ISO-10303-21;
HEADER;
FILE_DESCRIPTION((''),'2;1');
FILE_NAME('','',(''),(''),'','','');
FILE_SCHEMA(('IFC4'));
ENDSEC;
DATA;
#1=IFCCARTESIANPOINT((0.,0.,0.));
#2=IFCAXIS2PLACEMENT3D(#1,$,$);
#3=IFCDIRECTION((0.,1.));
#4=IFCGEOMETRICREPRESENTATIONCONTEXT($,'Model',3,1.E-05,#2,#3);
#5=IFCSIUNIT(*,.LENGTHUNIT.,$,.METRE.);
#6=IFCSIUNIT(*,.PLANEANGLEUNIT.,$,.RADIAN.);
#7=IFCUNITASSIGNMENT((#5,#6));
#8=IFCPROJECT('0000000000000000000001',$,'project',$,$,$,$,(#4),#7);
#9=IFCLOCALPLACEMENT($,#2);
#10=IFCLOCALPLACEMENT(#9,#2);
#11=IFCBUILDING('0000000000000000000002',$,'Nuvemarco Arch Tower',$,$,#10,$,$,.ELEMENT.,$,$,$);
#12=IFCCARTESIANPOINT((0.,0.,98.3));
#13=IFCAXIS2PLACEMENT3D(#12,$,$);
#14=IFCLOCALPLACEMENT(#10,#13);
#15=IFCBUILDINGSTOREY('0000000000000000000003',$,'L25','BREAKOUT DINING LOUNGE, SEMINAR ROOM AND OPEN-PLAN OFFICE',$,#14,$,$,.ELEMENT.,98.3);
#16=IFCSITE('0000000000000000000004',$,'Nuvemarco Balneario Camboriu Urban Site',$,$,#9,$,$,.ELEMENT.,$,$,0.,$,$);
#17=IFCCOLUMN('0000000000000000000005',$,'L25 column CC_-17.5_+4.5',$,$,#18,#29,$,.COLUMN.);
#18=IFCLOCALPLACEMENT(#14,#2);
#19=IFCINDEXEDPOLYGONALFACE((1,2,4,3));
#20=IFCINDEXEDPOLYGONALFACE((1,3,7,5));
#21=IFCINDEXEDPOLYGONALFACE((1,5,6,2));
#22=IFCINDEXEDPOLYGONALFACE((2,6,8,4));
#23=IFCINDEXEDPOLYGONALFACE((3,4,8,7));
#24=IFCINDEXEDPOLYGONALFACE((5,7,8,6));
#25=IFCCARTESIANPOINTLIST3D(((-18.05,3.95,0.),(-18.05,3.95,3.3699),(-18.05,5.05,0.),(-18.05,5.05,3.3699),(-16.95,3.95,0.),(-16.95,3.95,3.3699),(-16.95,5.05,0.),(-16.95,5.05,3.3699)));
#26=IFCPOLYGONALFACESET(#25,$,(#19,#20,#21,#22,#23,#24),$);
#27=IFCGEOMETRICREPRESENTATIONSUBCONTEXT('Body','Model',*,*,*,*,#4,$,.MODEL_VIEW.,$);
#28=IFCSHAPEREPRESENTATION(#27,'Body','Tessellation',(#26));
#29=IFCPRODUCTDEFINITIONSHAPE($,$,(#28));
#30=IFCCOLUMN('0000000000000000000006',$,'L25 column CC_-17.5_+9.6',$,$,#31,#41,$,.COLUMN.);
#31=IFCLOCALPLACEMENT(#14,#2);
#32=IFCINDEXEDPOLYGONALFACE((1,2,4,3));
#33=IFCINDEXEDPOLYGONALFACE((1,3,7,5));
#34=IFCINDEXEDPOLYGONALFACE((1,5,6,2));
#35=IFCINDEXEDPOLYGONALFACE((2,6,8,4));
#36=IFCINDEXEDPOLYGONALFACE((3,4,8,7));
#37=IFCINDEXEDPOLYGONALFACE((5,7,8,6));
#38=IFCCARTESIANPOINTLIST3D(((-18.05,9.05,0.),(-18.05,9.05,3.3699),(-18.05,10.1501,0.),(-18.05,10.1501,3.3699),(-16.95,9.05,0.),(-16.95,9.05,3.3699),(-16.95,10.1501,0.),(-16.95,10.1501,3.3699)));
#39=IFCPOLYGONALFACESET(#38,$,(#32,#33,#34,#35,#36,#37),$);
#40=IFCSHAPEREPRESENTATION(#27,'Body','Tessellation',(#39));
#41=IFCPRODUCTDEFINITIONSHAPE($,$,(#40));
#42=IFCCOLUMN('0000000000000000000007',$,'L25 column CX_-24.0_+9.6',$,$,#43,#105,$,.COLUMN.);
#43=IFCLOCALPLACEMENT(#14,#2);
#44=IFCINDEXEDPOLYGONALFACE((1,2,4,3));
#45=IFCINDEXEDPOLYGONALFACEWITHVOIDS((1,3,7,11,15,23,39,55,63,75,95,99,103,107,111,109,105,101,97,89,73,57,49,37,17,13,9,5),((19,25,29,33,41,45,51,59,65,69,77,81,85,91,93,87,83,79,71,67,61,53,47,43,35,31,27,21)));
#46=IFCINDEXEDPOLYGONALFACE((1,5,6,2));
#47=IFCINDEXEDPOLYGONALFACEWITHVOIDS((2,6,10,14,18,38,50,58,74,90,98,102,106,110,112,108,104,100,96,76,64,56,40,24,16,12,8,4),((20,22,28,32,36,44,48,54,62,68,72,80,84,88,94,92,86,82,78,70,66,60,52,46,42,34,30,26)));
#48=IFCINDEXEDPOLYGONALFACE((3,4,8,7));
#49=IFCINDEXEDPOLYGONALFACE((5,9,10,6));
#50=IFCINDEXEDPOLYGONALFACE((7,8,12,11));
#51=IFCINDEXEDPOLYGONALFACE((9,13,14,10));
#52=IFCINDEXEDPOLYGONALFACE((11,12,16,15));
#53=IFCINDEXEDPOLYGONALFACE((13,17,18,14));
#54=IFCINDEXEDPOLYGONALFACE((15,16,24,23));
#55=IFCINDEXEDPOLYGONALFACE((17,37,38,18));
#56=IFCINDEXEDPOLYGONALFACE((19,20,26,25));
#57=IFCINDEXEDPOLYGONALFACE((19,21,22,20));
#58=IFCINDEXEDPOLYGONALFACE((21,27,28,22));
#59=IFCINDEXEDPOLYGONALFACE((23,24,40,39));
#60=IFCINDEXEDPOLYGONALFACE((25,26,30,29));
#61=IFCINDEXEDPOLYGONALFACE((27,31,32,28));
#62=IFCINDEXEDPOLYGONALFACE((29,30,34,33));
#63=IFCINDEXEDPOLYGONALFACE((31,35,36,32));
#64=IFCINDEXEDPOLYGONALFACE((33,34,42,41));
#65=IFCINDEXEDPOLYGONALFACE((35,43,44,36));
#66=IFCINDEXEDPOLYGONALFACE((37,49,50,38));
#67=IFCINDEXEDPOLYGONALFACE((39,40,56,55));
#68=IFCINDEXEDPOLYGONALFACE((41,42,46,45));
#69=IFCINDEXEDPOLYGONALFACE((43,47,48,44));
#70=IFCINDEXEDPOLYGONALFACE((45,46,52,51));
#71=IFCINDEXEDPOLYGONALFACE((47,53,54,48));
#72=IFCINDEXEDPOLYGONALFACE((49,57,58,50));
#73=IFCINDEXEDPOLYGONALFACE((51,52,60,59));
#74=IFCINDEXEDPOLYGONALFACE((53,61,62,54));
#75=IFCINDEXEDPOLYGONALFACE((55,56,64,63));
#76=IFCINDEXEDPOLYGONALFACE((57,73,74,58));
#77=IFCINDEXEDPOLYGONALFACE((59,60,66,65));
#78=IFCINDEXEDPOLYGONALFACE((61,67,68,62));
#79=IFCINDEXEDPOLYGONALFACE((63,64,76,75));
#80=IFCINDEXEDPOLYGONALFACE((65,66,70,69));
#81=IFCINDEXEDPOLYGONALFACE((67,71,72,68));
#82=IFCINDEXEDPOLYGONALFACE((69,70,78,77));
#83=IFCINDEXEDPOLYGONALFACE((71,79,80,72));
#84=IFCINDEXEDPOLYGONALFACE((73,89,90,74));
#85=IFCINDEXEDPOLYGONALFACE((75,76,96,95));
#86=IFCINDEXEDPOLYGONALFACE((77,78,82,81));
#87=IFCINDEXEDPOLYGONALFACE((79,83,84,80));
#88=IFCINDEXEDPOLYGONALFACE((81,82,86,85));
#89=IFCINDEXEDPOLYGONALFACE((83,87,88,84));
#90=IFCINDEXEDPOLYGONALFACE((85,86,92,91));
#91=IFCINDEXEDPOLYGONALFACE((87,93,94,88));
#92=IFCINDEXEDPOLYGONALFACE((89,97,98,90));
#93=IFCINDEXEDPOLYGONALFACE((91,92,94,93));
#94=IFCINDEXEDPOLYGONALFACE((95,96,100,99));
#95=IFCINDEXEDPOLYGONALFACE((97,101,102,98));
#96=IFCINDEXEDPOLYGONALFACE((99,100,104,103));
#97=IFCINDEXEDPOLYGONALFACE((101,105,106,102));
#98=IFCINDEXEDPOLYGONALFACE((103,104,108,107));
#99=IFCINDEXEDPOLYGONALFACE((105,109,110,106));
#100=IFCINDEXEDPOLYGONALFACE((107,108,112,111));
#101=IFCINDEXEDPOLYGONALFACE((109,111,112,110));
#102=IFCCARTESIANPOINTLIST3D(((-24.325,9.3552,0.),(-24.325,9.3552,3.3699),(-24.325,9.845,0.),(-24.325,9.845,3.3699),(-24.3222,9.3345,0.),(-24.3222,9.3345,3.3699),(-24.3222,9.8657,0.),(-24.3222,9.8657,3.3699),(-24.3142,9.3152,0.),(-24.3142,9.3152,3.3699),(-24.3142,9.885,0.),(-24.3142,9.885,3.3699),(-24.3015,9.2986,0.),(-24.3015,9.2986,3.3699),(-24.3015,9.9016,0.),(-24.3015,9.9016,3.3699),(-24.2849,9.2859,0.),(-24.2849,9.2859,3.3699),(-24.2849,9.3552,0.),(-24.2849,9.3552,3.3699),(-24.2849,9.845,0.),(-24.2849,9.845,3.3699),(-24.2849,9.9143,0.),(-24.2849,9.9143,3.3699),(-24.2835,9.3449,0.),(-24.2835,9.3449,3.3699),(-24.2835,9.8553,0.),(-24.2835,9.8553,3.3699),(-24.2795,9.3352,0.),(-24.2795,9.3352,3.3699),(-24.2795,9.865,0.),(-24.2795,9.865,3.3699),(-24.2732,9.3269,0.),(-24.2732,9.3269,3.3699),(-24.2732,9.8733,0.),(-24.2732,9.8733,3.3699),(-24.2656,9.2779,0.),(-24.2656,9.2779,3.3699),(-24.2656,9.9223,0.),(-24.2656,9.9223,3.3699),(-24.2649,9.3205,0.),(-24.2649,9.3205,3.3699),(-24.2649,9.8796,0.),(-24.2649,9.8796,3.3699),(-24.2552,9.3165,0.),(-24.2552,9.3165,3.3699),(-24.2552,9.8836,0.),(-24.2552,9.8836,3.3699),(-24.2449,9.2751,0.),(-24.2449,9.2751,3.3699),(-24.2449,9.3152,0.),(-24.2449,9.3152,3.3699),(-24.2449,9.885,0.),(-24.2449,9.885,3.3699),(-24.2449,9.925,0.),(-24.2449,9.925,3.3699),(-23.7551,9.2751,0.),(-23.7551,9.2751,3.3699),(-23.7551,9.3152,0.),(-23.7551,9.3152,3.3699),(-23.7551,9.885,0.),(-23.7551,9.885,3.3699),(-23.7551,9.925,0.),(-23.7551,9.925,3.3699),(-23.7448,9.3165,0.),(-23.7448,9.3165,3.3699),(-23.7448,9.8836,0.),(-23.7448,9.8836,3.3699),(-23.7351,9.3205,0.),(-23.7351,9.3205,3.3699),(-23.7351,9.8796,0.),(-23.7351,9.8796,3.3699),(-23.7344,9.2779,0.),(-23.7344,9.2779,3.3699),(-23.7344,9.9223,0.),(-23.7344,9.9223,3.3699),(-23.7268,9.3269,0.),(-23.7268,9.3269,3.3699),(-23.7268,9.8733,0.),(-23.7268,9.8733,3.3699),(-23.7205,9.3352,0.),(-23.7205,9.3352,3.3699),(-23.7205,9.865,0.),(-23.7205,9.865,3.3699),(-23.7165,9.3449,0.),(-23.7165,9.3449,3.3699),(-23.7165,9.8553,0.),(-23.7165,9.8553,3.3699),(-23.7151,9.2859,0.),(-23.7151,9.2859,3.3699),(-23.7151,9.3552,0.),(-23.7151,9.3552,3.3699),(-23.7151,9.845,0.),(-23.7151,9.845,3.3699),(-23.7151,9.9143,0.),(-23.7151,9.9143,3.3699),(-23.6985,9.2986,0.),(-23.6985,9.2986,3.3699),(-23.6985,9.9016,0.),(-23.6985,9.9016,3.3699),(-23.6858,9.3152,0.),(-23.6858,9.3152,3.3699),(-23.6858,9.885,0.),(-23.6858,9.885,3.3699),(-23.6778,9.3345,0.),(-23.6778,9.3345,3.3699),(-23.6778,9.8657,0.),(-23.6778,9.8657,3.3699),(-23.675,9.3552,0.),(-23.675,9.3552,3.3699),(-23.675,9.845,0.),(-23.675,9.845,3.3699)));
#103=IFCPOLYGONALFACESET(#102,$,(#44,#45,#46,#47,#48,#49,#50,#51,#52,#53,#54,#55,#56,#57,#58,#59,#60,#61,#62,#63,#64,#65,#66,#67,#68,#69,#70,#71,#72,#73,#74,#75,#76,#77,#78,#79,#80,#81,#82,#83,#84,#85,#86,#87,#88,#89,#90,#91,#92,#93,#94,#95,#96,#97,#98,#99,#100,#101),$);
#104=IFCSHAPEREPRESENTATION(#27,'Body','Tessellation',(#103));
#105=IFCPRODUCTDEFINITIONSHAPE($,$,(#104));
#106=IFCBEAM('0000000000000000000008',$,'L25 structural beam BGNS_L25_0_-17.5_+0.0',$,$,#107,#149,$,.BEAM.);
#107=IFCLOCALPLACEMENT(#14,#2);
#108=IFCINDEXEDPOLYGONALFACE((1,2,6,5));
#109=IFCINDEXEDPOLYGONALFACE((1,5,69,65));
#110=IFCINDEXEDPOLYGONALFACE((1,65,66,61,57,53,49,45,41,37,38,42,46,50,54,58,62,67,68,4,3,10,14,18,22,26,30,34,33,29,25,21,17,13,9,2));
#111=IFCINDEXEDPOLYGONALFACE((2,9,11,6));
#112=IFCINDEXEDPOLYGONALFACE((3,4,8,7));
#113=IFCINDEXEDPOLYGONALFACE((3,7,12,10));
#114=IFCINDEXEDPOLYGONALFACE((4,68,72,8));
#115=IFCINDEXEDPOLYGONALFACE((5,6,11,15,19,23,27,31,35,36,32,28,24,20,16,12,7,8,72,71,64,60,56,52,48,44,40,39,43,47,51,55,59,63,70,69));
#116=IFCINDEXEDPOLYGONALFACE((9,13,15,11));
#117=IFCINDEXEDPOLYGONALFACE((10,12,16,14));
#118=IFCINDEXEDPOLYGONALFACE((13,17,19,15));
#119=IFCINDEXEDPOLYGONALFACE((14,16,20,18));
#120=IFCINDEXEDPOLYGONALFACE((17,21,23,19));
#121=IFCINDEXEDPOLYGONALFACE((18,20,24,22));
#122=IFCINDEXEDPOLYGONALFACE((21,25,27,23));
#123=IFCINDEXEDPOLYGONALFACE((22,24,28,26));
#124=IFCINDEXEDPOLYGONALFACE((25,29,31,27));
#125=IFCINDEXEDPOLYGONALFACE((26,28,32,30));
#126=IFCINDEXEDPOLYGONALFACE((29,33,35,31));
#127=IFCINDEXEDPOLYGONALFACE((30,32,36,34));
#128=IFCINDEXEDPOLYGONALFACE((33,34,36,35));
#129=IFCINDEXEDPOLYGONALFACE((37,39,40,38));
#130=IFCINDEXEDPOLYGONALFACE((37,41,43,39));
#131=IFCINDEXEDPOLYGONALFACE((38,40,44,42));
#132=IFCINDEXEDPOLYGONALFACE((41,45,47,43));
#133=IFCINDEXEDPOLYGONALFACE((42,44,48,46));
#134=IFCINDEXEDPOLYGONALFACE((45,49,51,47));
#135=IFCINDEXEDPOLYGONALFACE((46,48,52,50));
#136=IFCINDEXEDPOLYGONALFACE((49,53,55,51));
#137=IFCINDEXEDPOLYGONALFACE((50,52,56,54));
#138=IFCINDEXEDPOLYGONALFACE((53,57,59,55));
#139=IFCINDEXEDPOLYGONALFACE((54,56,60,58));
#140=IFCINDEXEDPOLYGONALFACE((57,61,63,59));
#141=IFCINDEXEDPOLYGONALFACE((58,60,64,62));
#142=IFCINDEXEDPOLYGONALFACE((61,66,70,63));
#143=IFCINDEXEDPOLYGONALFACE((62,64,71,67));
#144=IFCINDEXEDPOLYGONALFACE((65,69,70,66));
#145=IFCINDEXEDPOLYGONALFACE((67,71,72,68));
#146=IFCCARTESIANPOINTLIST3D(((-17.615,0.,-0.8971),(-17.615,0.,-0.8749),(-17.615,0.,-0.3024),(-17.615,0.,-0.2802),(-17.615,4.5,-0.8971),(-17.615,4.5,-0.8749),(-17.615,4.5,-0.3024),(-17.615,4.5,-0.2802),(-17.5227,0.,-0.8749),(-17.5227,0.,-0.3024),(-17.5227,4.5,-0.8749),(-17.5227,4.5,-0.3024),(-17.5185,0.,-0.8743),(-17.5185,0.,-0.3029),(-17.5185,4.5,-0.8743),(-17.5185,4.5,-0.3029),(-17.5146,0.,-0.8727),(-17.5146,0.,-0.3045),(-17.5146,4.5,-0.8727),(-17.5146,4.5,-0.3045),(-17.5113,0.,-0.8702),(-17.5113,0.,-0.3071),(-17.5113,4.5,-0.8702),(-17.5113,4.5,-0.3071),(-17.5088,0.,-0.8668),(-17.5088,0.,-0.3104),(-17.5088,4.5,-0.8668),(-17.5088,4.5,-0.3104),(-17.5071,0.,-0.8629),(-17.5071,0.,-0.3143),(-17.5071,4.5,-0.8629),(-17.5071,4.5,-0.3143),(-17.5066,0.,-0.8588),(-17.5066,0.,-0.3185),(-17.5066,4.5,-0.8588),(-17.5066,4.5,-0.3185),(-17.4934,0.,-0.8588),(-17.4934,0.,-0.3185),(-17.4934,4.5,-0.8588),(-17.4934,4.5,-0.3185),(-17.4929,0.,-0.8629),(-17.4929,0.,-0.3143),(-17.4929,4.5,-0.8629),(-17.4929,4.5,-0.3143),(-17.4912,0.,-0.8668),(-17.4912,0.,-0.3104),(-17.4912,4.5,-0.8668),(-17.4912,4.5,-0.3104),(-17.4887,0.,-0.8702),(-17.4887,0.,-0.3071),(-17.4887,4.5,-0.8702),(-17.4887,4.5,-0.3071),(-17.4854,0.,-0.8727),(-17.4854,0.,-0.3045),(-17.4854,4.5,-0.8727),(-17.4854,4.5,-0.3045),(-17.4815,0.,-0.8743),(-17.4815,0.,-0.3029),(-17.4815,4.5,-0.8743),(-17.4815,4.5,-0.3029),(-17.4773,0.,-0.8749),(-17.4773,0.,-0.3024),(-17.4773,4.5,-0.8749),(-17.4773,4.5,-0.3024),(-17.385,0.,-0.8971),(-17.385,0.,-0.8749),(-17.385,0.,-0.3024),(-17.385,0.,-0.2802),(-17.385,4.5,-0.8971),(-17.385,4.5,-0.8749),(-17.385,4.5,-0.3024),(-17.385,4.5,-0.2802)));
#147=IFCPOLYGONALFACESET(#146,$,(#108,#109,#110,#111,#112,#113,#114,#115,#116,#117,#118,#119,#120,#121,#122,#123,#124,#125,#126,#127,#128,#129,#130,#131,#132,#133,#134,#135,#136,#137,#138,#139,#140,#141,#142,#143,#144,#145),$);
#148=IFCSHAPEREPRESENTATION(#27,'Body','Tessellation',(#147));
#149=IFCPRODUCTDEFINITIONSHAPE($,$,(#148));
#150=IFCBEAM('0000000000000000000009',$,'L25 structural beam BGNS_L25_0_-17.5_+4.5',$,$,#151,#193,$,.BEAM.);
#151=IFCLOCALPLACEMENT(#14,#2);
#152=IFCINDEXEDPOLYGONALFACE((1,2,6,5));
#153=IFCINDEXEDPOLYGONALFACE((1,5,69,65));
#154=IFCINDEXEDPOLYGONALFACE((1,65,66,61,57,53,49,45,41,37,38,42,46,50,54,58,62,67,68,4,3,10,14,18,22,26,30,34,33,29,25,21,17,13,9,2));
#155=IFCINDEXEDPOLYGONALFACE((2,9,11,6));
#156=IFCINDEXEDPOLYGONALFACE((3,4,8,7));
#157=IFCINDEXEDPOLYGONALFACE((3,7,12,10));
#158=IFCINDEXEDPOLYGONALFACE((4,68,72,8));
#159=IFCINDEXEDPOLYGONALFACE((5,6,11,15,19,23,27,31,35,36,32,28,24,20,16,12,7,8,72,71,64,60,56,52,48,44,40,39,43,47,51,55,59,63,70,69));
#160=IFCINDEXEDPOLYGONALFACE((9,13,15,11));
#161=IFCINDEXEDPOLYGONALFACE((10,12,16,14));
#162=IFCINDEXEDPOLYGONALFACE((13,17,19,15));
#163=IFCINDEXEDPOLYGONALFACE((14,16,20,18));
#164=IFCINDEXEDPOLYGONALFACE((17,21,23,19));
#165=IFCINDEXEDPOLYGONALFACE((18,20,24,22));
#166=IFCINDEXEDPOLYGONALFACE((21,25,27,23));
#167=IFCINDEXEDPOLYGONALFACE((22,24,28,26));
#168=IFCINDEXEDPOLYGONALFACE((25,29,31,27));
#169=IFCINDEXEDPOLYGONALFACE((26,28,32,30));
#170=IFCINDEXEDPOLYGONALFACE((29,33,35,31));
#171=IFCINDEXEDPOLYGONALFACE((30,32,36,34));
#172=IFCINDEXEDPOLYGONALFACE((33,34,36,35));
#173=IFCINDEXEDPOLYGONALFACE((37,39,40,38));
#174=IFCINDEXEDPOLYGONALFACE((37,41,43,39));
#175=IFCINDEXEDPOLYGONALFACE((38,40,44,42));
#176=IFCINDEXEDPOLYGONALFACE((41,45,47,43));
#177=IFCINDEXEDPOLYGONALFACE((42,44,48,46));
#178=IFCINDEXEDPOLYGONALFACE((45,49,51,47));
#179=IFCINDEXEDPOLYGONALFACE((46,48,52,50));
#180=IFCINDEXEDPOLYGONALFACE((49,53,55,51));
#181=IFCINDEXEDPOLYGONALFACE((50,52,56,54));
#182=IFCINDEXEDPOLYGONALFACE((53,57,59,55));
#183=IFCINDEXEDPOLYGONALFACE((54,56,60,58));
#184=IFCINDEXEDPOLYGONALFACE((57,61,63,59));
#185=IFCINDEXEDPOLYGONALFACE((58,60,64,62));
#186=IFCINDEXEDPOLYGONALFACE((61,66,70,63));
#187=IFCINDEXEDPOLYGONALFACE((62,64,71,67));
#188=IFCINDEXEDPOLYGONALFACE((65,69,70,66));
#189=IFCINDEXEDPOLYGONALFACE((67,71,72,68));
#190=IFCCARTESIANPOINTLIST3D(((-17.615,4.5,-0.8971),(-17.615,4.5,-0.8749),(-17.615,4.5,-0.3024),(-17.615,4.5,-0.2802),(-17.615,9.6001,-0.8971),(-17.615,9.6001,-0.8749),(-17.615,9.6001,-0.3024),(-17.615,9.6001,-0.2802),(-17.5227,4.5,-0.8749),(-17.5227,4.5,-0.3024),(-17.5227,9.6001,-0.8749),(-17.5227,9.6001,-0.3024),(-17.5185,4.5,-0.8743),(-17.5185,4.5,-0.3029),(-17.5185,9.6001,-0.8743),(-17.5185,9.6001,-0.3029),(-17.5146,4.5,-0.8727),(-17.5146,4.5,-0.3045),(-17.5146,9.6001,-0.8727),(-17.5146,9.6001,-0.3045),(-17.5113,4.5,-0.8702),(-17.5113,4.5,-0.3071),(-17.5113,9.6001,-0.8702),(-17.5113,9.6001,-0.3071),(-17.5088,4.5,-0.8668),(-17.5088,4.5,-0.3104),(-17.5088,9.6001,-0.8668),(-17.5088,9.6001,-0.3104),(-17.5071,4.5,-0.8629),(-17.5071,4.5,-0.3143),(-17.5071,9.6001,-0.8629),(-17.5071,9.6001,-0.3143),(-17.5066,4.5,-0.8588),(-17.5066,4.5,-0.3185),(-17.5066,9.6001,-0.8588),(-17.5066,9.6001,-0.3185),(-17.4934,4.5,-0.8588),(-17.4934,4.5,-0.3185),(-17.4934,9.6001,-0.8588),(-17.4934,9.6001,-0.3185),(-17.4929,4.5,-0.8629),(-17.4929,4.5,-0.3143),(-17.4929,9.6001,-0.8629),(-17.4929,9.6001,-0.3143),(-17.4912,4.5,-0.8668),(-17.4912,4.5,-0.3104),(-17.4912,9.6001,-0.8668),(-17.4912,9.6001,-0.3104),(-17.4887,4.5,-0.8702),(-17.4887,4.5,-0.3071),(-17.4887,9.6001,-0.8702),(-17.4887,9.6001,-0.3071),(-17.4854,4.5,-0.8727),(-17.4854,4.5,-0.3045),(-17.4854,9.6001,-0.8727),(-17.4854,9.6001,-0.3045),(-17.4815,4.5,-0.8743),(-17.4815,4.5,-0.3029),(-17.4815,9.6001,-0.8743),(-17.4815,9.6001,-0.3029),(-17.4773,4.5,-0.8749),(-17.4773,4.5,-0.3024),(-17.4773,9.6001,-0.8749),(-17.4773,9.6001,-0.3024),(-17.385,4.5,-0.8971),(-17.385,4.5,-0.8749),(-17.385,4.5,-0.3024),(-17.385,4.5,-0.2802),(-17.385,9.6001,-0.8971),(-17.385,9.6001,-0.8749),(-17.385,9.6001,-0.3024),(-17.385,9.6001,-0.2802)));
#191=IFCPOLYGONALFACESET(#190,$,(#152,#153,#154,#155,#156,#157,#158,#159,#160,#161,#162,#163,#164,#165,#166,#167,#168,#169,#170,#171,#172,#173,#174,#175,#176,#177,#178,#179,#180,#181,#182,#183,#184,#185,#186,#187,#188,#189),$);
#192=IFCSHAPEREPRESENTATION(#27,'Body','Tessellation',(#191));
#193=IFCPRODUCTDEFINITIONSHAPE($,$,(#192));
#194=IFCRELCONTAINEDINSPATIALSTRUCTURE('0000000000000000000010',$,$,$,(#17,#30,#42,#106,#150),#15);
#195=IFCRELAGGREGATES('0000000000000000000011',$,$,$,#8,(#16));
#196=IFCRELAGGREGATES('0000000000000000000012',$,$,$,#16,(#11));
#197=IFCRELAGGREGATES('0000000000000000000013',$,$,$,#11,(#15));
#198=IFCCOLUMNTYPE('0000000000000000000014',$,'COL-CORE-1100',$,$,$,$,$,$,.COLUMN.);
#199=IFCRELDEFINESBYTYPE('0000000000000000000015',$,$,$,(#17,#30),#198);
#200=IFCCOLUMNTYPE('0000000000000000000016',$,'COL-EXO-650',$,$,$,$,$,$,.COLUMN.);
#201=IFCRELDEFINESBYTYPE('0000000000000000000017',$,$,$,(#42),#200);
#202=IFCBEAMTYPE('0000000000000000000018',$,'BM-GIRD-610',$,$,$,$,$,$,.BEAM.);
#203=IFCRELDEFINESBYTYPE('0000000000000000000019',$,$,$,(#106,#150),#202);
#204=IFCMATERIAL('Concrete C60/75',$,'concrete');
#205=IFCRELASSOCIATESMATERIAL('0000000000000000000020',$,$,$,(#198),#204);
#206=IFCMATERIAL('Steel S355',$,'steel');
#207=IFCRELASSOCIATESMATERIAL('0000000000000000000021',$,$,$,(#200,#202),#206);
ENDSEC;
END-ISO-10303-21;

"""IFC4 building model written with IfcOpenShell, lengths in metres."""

from ifc_helpers import new_model, si_unit, direction, frame, origin, origin_2d, place, context, subcontext, project, spatial, rectangle, hollow_rectangle, i_section, extrude, material, material_profile, profile_set, type_object, element, save


model = new_model("IFC4")

# Units and contexts
model_context = context("Model", 3, precision=1e-05, world=origin(), true_north=direction((0.0, 1.0)))
body_context = subcontext(model_context, "Body", "Model", "MODEL_VIEW")
ifc_project = project(units=[si_unit("LENGTHUNIT", "METRE"), si_unit("PLANEANGLEUNIT", "RADIAN")], contexts=[model_context])

# Site, building, storey
site_placement = place(None, origin())
site = spatial("IfcSite", under=ifc_project, at=site_placement, Name="Nuvemarco Balneario Camboriu Urban Site", CompositionType="ELEMENT", RefElevation=0.0)
building_placement = place(site_placement, origin())
building = spatial("IfcBuilding", under=site, at=building_placement, Name="Nuvemarco Arch Tower", CompositionType="ELEMENT")
storey_placement = place(building_placement, frame((0.0, 0.0, 98.3)))
storey = spatial("IfcBuildingStorey", under=building, at=storey_placement, Name="L25", Description="BREAKOUT DINING LOUNGE, SEMINAR ROOM AND OPEN-PLAN OFFICE", CompositionType="ELEMENT", Elevation=98.3)

# Columns
ifc_material_1 = material(Name="Concrete C60/75", Category="concrete")
ifc_material_profile_1 = material_profile(ifc_material_1, rectangle(XDim=1.1001, YDim=1.1001, at=origin_2d()), Name="RC-COL-1100x1100")
ifc_profile_set_1 = profile_set([ifc_material_profile_1], Name="Concrete C60/75")
column_type_1 = type_object("IfcColumnType", Name="COL-CORE-1100", PredefinedType="COLUMN", material=ifc_profile_set_1)
for number, where, z_axis, x_axis, name in (
    (1, (-17.5, 4.5, 0.0), (0.0, 0.0, 1.0), (1.0, 0.0, 0.0), "L25 column CC_-17.5_+4.5"),
    (2, (-17.5, 9.6001, 0.0), (0.0, 0.0, 1.0), (1.0, 0.0, 0.0), "L25 column CC_-17.5_+9.6"),
):
    element("IfcColumn", number, at=place(storey_placement, frame(where, z_axis=z_axis, x_axis=x_axis)), inside=storey, type_object=column_type_1, Name=name, PredefinedType="COLUMN", context=body_context, shape_type="SweptSolid", body=[
        extrude(rectangle(XDim=1.1001, YDim=1.1001, at=origin_2d()), origin(), (0.0, 0.0, 1.0), 3.3699),
    ])
ifc_material_2 = material(Name="Steel S355", Category="steel")
ifc_material_profile_2 = material_profile(ifc_material_2, hollow_rectangle(XDim=0.6499, YDim=0.6499, WallThickness=0.04, InnerFilletRadius=0.04, OuterFilletRadius=0.0801, at=origin_2d()), Name="SHS650x650x40")
ifc_profile_set_2 = profile_set([ifc_material_profile_2], Name="Steel S355")
column_type_2 = type_object("IfcColumnType", Name="COL-EXO-650", PredefinedType="COLUMN", material=ifc_profile_set_2)
column_placement = place(storey_placement, frame((-24.0, 9.6001, 0.0), z_axis=(0.0, 0.0, 1.0), x_axis=(1.0, 0.0, 0.0)))
element("IfcColumn", 3, at=column_placement, inside=storey, type_object=column_type_2, Name="L25 column CX_-24.0_+9.6", PredefinedType="COLUMN", context=body_context, shape_type="SweptSolid", body=[
    extrude(hollow_rectangle(XDim=0.6499, YDim=0.6499, WallThickness=0.04, InnerFilletRadius=0.04, OuterFilletRadius=0.0801, at=origin_2d()), origin(), (0.0, 0.0, 1.0), 3.3699),
])

# Beams
ifc_material_profile_3 = material_profile(ifc_material_2, i_section(OverallWidth=0.23, OverallDepth=0.6169, WebThickness=0.0132, FlangeThickness=0.0222, FilletRadius=0.0161, at=origin_2d()), Name="W610x140")
ifc_profile_set_3 = profile_set([ifc_material_profile_3], Name="Steel S355")
beam_type_1 = type_object("IfcBeamType", Name="BM-GIRD-610", PredefinedType="BEAM", material=ifc_profile_set_3)
beam_1_placement = place(storey_placement, frame((-17.5, 0.0, -0.5886), z_axis=(0.0, 1.0, 0.0), x_axis=(-1.0, 0.0, 0.0)))
element("IfcBeam", 4, at=beam_1_placement, inside=storey, type_object=beam_type_1, Name="L25 structural beam BGNS_L25_0_-17.5_+0.0", PredefinedType="BEAM", context=body_context, shape_type="SweptSolid", body=[
    extrude(i_section(OverallWidth=0.23, OverallDepth=0.6169, WebThickness=0.0132, FlangeThickness=0.0222, FilletRadius=0.0161, at=origin_2d()), origin(), (0.0, 0.0, 1.0), 4.5),
])
beam_2_placement = place(storey_placement, frame((-17.5, 4.5, -0.5886), z_axis=(0.0, 1.0, 0.0), x_axis=(-1.0, 0.0, 0.0)))
element("IfcBeam", 5, at=beam_2_placement, inside=storey, type_object=beam_type_1, Name="L25 structural beam BGNS_L25_0_-17.5_+4.5", PredefinedType="BEAM", context=body_context, shape_type="SweptSolid", body=[
    extrude(i_section(OverallWidth=0.23, OverallDepth=0.6169, WebThickness=0.0132, FlangeThickness=0.0222, FilletRadius=0.0161, at=origin_2d()), origin(), (0.0, 0.0, 1.0), 5.1001),
])

save(model, "model.ifc")
